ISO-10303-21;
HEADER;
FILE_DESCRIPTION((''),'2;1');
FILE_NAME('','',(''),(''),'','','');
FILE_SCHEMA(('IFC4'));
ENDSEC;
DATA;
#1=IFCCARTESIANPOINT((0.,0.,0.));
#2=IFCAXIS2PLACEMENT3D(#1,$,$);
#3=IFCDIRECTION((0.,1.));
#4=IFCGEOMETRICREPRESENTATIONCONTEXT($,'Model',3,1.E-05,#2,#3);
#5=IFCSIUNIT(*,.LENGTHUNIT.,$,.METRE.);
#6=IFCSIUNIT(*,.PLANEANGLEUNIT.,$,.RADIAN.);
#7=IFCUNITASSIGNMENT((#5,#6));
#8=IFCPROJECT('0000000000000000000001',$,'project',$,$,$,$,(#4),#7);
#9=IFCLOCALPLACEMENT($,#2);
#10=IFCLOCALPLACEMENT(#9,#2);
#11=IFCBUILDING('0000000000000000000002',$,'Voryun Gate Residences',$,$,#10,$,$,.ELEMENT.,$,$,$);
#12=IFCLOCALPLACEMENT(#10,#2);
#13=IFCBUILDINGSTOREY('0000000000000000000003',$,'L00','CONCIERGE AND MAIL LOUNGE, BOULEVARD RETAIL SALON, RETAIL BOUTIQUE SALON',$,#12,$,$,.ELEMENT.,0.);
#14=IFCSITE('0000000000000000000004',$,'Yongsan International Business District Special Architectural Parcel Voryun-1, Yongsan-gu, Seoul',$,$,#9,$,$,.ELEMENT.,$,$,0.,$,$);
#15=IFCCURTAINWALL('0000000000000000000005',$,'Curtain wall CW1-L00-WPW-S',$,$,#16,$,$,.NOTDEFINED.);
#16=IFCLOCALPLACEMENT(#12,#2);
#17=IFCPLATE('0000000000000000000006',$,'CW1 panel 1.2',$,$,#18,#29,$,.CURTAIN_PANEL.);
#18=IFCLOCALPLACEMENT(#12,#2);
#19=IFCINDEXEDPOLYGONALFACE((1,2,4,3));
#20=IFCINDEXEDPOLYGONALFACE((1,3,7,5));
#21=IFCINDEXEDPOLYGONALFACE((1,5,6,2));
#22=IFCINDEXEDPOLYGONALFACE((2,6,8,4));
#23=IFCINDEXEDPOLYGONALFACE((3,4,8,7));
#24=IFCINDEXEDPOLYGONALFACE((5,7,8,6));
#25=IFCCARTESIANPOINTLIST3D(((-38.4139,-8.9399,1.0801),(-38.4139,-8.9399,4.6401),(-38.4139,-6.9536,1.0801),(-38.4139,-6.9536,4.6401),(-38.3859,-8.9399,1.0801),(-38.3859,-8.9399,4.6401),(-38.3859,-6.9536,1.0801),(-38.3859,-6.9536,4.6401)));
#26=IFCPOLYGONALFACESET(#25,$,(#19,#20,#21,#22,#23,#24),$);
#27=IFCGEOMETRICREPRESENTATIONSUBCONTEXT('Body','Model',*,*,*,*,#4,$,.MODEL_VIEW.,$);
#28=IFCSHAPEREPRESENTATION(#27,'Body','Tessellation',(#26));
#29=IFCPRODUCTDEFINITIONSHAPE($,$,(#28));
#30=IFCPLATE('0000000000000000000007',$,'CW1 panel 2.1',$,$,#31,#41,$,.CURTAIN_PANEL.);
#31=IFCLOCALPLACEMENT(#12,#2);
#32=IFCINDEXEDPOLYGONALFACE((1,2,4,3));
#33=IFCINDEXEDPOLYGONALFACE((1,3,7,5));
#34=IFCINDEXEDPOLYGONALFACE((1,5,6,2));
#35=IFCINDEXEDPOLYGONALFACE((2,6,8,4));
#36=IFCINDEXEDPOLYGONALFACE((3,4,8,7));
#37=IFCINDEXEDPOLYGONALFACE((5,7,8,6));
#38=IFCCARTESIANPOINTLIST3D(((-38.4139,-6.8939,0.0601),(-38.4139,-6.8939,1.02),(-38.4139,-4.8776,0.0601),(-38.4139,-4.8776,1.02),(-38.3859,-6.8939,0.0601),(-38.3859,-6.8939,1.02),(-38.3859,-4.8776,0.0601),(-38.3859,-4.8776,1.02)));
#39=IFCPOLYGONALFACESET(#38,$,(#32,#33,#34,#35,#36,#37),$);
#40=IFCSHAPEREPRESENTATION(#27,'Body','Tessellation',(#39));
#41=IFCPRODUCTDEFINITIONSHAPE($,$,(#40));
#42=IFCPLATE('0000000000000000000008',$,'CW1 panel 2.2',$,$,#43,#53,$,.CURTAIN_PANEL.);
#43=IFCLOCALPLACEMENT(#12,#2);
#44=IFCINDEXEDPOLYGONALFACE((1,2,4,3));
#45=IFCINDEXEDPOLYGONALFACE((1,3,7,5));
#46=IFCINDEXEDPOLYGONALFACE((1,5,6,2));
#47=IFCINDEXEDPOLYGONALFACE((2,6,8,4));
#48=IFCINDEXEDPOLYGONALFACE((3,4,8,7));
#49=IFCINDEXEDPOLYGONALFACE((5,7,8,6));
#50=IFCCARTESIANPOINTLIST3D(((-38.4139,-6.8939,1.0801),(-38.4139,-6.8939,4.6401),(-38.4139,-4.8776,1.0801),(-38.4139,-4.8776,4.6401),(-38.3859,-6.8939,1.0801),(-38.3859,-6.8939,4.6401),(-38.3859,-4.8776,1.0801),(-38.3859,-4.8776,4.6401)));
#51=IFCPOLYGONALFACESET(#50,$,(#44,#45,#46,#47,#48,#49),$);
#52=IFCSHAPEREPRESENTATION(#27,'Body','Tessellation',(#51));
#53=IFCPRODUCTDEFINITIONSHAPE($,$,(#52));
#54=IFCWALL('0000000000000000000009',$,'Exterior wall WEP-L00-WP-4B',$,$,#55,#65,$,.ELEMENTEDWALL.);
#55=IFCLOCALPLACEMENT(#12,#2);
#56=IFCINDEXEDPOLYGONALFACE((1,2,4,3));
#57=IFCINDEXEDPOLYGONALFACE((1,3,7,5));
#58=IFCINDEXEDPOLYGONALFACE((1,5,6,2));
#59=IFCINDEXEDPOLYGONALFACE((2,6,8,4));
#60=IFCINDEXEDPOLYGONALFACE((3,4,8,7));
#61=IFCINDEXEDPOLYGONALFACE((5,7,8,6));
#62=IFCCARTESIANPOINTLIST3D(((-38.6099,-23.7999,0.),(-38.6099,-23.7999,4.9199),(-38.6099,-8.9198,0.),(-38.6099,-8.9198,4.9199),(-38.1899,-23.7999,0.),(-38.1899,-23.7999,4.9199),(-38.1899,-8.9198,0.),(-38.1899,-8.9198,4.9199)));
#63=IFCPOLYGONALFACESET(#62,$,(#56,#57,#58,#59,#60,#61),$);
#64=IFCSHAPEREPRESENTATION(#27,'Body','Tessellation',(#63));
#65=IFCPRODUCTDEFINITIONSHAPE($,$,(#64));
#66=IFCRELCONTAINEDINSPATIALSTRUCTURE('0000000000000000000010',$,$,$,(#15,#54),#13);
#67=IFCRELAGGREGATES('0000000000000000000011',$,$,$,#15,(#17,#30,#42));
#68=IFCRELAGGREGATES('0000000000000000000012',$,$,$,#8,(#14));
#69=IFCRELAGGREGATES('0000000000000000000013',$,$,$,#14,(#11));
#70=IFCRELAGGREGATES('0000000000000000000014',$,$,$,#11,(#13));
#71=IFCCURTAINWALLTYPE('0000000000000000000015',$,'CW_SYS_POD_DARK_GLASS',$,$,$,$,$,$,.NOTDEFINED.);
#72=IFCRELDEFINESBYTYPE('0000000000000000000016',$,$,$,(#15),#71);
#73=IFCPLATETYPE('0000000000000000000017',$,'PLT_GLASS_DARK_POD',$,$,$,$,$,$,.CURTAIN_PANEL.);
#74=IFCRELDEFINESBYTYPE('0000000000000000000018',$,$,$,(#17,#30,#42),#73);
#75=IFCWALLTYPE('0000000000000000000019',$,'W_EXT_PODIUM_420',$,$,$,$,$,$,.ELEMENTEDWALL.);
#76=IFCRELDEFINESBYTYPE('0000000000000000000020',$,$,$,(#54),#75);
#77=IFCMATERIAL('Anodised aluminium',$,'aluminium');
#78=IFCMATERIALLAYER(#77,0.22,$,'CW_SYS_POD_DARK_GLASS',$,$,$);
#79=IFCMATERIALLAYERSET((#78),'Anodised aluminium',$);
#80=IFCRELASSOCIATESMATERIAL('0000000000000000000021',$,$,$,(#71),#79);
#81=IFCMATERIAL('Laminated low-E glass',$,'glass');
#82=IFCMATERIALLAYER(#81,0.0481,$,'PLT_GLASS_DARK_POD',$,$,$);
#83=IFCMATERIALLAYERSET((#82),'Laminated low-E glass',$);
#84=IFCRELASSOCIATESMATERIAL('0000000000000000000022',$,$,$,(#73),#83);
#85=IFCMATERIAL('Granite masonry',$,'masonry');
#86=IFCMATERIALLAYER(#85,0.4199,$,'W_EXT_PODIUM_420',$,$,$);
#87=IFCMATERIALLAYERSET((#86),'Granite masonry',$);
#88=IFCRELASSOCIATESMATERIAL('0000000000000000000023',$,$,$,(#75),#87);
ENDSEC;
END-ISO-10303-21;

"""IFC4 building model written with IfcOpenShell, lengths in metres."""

from ifc_helpers import new_model, si_unit, direction, frame, frame_2d, origin, origin_2d, place, context, subcontext, project, spatial, rectangle, extrude, material, layer, layer_set, type_object, element, aggregate, save


model = new_model("IFC4")

# Units and contexts
model_context = context("Model", 3, precision=1e-05, world=origin(), true_north=direction((0.0, 1.0)))
body_context = subcontext(model_context, "Body", "Model", "MODEL_VIEW")
ifc_project = project(units=[si_unit("LENGTHUNIT", "METRE"), si_unit("PLANEANGLEUNIT", "RADIAN")], contexts=[model_context])

# Site, building, storey
site_placement = place(None, origin())
site = spatial("IfcSite", under=ifc_project, at=site_placement, Name="Yongsan International Business District Special Architectural Parcel Voryun-1, Yongsan-gu, Seoul", CompositionType="ELEMENT", RefElevation=0.0)
building_placement = place(site_placement, origin())
building = spatial("IfcBuilding", under=site, at=building_placement, Name="Voryun Gate Residences", CompositionType="ELEMENT")
storey_placement = place(building_placement, origin())
storey = spatial("IfcBuildingStorey", under=building, at=storey_placement, Name="L00", Description="CONCIERGE AND MAIL LOUNGE, BOULEVARD RETAIL SALON, RETAIL BOUTIQUE SALON", CompositionType="ELEMENT", Elevation=0.0)

# Curtain wall, plates
ifc_material_1 = material(Name="Anodised aluminium", Category="aluminium")
ifc_layer_1 = layer(ifc_material_1, 0.22, Name="CW_SYS_POD_DARK_GLASS")
ifc_layer_set_1 = layer_set([ifc_layer_1], Name="Anodised aluminium")
curtain_wall_type = type_object("IfcCurtainWallType", Name="CW_SYS_POD_DARK_GLASS", PredefinedType="NOTDEFINED", material=ifc_layer_set_1)
curtain_wall_placement = place(storey_placement, origin())
curtain_wall = element("IfcCurtainWall", 1, at=curtain_wall_placement, inside=storey, type_object=curtain_wall_type, Name="Curtain wall CW1-L00-WPW-S", PredefinedType="NOTDEFINED")
ifc_material_2 = material(Name="Laminated low-E glass", Category="glass")
ifc_layer_2 = layer(ifc_material_2, 0.0481, Name="PLT_GLASS_DARK_POD")
ifc_layer_set_2 = layer_set([ifc_layer_2], Name="Laminated low-E glass")
plate_type = type_object("IfcPlateType", Name="PLT_GLASS_DARK_POD", PredefinedType="CURTAIN_PANEL", material=ifc_layer_set_2)
plate_1_placement = place(storey_placement, frame((-38.3999, -7.9468, 1.0801), z_axis=(0.0, 0.0, 1.0), x_axis=(0.0, 1.0, 0.0)))
plate_1 = element("IfcPlate", 2, at=plate_1_placement, type_object=plate_type, Name="CW1 panel 1.2", PredefinedType="CURTAIN_PANEL", context=body_context, shape_type="SweptSolid", body=[
    extrude(rectangle(XDim=1.9863, YDim=0.0281, at=origin_2d()), origin(), (0.0, 0.0, 1.0), 3.5601),
])
plate_2_placement = place(storey_placement, frame((-38.3999, -5.8857, 0.0601), z_axis=(0.0, 0.0, 1.0), x_axis=(0.0, 1.0, 0.0)))
plate_2 = element("IfcPlate", 3, at=plate_2_placement, type_object=plate_type, Name="CW1 panel 2.1", PredefinedType="CURTAIN_PANEL", context=body_context, shape_type="SweptSolid", body=[
    extrude(rectangle(XDim=2.0164, YDim=0.0281, at=origin_2d()), origin(), (0.0, 0.0, 1.0), 0.96),
])
plate_3_placement = place(storey_placement, frame((-38.3999, -5.8857, 1.0801), z_axis=(0.0, 0.0, 1.0), x_axis=(0.0, 1.0, 0.0)))
plate_3 = element("IfcPlate", 4, at=plate_3_placement, type_object=plate_type, Name="CW1 panel 2.2", PredefinedType="CURTAIN_PANEL", context=body_context, shape_type="SweptSolid", body=[
    extrude(rectangle(XDim=2.0164, YDim=0.0281, at=origin_2d()), origin(), (0.0, 0.0, 1.0), 3.5601),
])
aggregate(curtain_wall, [plate_1, plate_2, plate_3])

# Wall
ifc_material_3 = material(Name="Granite masonry", Category="masonry")
ifc_layer_3 = layer(ifc_material_3, 0.4199, Name="W_EXT_PODIUM_420")
ifc_layer_set_3 = layer_set([ifc_layer_3], Name="Granite masonry")
wall_type = type_object("IfcWallType", Name="W_EXT_PODIUM_420", PredefinedType="ELEMENTEDWALL", material=ifc_layer_set_3)
wall_placement = place(storey_placement, frame((-38.3999, -8.9199, 0.0), z_axis=(0.0, 0.0, 1.0), x_axis=(0.0, -1.0, 0.0)))
element("IfcWall", 5, at=wall_placement, inside=storey, type_object=wall_type, Name="Exterior wall WEP-L00-WP-4B", PredefinedType="ELEMENTEDWALL", context=body_context, shape_type="SweptSolid", body=[
    extrude(rectangle(XDim=14.8801, YDim=0.4199, at=frame_2d((7.4399, 0.0))), origin(), (0.0, 0.0, 1.0), 4.9199),
])

save(model, "model.ifc")
